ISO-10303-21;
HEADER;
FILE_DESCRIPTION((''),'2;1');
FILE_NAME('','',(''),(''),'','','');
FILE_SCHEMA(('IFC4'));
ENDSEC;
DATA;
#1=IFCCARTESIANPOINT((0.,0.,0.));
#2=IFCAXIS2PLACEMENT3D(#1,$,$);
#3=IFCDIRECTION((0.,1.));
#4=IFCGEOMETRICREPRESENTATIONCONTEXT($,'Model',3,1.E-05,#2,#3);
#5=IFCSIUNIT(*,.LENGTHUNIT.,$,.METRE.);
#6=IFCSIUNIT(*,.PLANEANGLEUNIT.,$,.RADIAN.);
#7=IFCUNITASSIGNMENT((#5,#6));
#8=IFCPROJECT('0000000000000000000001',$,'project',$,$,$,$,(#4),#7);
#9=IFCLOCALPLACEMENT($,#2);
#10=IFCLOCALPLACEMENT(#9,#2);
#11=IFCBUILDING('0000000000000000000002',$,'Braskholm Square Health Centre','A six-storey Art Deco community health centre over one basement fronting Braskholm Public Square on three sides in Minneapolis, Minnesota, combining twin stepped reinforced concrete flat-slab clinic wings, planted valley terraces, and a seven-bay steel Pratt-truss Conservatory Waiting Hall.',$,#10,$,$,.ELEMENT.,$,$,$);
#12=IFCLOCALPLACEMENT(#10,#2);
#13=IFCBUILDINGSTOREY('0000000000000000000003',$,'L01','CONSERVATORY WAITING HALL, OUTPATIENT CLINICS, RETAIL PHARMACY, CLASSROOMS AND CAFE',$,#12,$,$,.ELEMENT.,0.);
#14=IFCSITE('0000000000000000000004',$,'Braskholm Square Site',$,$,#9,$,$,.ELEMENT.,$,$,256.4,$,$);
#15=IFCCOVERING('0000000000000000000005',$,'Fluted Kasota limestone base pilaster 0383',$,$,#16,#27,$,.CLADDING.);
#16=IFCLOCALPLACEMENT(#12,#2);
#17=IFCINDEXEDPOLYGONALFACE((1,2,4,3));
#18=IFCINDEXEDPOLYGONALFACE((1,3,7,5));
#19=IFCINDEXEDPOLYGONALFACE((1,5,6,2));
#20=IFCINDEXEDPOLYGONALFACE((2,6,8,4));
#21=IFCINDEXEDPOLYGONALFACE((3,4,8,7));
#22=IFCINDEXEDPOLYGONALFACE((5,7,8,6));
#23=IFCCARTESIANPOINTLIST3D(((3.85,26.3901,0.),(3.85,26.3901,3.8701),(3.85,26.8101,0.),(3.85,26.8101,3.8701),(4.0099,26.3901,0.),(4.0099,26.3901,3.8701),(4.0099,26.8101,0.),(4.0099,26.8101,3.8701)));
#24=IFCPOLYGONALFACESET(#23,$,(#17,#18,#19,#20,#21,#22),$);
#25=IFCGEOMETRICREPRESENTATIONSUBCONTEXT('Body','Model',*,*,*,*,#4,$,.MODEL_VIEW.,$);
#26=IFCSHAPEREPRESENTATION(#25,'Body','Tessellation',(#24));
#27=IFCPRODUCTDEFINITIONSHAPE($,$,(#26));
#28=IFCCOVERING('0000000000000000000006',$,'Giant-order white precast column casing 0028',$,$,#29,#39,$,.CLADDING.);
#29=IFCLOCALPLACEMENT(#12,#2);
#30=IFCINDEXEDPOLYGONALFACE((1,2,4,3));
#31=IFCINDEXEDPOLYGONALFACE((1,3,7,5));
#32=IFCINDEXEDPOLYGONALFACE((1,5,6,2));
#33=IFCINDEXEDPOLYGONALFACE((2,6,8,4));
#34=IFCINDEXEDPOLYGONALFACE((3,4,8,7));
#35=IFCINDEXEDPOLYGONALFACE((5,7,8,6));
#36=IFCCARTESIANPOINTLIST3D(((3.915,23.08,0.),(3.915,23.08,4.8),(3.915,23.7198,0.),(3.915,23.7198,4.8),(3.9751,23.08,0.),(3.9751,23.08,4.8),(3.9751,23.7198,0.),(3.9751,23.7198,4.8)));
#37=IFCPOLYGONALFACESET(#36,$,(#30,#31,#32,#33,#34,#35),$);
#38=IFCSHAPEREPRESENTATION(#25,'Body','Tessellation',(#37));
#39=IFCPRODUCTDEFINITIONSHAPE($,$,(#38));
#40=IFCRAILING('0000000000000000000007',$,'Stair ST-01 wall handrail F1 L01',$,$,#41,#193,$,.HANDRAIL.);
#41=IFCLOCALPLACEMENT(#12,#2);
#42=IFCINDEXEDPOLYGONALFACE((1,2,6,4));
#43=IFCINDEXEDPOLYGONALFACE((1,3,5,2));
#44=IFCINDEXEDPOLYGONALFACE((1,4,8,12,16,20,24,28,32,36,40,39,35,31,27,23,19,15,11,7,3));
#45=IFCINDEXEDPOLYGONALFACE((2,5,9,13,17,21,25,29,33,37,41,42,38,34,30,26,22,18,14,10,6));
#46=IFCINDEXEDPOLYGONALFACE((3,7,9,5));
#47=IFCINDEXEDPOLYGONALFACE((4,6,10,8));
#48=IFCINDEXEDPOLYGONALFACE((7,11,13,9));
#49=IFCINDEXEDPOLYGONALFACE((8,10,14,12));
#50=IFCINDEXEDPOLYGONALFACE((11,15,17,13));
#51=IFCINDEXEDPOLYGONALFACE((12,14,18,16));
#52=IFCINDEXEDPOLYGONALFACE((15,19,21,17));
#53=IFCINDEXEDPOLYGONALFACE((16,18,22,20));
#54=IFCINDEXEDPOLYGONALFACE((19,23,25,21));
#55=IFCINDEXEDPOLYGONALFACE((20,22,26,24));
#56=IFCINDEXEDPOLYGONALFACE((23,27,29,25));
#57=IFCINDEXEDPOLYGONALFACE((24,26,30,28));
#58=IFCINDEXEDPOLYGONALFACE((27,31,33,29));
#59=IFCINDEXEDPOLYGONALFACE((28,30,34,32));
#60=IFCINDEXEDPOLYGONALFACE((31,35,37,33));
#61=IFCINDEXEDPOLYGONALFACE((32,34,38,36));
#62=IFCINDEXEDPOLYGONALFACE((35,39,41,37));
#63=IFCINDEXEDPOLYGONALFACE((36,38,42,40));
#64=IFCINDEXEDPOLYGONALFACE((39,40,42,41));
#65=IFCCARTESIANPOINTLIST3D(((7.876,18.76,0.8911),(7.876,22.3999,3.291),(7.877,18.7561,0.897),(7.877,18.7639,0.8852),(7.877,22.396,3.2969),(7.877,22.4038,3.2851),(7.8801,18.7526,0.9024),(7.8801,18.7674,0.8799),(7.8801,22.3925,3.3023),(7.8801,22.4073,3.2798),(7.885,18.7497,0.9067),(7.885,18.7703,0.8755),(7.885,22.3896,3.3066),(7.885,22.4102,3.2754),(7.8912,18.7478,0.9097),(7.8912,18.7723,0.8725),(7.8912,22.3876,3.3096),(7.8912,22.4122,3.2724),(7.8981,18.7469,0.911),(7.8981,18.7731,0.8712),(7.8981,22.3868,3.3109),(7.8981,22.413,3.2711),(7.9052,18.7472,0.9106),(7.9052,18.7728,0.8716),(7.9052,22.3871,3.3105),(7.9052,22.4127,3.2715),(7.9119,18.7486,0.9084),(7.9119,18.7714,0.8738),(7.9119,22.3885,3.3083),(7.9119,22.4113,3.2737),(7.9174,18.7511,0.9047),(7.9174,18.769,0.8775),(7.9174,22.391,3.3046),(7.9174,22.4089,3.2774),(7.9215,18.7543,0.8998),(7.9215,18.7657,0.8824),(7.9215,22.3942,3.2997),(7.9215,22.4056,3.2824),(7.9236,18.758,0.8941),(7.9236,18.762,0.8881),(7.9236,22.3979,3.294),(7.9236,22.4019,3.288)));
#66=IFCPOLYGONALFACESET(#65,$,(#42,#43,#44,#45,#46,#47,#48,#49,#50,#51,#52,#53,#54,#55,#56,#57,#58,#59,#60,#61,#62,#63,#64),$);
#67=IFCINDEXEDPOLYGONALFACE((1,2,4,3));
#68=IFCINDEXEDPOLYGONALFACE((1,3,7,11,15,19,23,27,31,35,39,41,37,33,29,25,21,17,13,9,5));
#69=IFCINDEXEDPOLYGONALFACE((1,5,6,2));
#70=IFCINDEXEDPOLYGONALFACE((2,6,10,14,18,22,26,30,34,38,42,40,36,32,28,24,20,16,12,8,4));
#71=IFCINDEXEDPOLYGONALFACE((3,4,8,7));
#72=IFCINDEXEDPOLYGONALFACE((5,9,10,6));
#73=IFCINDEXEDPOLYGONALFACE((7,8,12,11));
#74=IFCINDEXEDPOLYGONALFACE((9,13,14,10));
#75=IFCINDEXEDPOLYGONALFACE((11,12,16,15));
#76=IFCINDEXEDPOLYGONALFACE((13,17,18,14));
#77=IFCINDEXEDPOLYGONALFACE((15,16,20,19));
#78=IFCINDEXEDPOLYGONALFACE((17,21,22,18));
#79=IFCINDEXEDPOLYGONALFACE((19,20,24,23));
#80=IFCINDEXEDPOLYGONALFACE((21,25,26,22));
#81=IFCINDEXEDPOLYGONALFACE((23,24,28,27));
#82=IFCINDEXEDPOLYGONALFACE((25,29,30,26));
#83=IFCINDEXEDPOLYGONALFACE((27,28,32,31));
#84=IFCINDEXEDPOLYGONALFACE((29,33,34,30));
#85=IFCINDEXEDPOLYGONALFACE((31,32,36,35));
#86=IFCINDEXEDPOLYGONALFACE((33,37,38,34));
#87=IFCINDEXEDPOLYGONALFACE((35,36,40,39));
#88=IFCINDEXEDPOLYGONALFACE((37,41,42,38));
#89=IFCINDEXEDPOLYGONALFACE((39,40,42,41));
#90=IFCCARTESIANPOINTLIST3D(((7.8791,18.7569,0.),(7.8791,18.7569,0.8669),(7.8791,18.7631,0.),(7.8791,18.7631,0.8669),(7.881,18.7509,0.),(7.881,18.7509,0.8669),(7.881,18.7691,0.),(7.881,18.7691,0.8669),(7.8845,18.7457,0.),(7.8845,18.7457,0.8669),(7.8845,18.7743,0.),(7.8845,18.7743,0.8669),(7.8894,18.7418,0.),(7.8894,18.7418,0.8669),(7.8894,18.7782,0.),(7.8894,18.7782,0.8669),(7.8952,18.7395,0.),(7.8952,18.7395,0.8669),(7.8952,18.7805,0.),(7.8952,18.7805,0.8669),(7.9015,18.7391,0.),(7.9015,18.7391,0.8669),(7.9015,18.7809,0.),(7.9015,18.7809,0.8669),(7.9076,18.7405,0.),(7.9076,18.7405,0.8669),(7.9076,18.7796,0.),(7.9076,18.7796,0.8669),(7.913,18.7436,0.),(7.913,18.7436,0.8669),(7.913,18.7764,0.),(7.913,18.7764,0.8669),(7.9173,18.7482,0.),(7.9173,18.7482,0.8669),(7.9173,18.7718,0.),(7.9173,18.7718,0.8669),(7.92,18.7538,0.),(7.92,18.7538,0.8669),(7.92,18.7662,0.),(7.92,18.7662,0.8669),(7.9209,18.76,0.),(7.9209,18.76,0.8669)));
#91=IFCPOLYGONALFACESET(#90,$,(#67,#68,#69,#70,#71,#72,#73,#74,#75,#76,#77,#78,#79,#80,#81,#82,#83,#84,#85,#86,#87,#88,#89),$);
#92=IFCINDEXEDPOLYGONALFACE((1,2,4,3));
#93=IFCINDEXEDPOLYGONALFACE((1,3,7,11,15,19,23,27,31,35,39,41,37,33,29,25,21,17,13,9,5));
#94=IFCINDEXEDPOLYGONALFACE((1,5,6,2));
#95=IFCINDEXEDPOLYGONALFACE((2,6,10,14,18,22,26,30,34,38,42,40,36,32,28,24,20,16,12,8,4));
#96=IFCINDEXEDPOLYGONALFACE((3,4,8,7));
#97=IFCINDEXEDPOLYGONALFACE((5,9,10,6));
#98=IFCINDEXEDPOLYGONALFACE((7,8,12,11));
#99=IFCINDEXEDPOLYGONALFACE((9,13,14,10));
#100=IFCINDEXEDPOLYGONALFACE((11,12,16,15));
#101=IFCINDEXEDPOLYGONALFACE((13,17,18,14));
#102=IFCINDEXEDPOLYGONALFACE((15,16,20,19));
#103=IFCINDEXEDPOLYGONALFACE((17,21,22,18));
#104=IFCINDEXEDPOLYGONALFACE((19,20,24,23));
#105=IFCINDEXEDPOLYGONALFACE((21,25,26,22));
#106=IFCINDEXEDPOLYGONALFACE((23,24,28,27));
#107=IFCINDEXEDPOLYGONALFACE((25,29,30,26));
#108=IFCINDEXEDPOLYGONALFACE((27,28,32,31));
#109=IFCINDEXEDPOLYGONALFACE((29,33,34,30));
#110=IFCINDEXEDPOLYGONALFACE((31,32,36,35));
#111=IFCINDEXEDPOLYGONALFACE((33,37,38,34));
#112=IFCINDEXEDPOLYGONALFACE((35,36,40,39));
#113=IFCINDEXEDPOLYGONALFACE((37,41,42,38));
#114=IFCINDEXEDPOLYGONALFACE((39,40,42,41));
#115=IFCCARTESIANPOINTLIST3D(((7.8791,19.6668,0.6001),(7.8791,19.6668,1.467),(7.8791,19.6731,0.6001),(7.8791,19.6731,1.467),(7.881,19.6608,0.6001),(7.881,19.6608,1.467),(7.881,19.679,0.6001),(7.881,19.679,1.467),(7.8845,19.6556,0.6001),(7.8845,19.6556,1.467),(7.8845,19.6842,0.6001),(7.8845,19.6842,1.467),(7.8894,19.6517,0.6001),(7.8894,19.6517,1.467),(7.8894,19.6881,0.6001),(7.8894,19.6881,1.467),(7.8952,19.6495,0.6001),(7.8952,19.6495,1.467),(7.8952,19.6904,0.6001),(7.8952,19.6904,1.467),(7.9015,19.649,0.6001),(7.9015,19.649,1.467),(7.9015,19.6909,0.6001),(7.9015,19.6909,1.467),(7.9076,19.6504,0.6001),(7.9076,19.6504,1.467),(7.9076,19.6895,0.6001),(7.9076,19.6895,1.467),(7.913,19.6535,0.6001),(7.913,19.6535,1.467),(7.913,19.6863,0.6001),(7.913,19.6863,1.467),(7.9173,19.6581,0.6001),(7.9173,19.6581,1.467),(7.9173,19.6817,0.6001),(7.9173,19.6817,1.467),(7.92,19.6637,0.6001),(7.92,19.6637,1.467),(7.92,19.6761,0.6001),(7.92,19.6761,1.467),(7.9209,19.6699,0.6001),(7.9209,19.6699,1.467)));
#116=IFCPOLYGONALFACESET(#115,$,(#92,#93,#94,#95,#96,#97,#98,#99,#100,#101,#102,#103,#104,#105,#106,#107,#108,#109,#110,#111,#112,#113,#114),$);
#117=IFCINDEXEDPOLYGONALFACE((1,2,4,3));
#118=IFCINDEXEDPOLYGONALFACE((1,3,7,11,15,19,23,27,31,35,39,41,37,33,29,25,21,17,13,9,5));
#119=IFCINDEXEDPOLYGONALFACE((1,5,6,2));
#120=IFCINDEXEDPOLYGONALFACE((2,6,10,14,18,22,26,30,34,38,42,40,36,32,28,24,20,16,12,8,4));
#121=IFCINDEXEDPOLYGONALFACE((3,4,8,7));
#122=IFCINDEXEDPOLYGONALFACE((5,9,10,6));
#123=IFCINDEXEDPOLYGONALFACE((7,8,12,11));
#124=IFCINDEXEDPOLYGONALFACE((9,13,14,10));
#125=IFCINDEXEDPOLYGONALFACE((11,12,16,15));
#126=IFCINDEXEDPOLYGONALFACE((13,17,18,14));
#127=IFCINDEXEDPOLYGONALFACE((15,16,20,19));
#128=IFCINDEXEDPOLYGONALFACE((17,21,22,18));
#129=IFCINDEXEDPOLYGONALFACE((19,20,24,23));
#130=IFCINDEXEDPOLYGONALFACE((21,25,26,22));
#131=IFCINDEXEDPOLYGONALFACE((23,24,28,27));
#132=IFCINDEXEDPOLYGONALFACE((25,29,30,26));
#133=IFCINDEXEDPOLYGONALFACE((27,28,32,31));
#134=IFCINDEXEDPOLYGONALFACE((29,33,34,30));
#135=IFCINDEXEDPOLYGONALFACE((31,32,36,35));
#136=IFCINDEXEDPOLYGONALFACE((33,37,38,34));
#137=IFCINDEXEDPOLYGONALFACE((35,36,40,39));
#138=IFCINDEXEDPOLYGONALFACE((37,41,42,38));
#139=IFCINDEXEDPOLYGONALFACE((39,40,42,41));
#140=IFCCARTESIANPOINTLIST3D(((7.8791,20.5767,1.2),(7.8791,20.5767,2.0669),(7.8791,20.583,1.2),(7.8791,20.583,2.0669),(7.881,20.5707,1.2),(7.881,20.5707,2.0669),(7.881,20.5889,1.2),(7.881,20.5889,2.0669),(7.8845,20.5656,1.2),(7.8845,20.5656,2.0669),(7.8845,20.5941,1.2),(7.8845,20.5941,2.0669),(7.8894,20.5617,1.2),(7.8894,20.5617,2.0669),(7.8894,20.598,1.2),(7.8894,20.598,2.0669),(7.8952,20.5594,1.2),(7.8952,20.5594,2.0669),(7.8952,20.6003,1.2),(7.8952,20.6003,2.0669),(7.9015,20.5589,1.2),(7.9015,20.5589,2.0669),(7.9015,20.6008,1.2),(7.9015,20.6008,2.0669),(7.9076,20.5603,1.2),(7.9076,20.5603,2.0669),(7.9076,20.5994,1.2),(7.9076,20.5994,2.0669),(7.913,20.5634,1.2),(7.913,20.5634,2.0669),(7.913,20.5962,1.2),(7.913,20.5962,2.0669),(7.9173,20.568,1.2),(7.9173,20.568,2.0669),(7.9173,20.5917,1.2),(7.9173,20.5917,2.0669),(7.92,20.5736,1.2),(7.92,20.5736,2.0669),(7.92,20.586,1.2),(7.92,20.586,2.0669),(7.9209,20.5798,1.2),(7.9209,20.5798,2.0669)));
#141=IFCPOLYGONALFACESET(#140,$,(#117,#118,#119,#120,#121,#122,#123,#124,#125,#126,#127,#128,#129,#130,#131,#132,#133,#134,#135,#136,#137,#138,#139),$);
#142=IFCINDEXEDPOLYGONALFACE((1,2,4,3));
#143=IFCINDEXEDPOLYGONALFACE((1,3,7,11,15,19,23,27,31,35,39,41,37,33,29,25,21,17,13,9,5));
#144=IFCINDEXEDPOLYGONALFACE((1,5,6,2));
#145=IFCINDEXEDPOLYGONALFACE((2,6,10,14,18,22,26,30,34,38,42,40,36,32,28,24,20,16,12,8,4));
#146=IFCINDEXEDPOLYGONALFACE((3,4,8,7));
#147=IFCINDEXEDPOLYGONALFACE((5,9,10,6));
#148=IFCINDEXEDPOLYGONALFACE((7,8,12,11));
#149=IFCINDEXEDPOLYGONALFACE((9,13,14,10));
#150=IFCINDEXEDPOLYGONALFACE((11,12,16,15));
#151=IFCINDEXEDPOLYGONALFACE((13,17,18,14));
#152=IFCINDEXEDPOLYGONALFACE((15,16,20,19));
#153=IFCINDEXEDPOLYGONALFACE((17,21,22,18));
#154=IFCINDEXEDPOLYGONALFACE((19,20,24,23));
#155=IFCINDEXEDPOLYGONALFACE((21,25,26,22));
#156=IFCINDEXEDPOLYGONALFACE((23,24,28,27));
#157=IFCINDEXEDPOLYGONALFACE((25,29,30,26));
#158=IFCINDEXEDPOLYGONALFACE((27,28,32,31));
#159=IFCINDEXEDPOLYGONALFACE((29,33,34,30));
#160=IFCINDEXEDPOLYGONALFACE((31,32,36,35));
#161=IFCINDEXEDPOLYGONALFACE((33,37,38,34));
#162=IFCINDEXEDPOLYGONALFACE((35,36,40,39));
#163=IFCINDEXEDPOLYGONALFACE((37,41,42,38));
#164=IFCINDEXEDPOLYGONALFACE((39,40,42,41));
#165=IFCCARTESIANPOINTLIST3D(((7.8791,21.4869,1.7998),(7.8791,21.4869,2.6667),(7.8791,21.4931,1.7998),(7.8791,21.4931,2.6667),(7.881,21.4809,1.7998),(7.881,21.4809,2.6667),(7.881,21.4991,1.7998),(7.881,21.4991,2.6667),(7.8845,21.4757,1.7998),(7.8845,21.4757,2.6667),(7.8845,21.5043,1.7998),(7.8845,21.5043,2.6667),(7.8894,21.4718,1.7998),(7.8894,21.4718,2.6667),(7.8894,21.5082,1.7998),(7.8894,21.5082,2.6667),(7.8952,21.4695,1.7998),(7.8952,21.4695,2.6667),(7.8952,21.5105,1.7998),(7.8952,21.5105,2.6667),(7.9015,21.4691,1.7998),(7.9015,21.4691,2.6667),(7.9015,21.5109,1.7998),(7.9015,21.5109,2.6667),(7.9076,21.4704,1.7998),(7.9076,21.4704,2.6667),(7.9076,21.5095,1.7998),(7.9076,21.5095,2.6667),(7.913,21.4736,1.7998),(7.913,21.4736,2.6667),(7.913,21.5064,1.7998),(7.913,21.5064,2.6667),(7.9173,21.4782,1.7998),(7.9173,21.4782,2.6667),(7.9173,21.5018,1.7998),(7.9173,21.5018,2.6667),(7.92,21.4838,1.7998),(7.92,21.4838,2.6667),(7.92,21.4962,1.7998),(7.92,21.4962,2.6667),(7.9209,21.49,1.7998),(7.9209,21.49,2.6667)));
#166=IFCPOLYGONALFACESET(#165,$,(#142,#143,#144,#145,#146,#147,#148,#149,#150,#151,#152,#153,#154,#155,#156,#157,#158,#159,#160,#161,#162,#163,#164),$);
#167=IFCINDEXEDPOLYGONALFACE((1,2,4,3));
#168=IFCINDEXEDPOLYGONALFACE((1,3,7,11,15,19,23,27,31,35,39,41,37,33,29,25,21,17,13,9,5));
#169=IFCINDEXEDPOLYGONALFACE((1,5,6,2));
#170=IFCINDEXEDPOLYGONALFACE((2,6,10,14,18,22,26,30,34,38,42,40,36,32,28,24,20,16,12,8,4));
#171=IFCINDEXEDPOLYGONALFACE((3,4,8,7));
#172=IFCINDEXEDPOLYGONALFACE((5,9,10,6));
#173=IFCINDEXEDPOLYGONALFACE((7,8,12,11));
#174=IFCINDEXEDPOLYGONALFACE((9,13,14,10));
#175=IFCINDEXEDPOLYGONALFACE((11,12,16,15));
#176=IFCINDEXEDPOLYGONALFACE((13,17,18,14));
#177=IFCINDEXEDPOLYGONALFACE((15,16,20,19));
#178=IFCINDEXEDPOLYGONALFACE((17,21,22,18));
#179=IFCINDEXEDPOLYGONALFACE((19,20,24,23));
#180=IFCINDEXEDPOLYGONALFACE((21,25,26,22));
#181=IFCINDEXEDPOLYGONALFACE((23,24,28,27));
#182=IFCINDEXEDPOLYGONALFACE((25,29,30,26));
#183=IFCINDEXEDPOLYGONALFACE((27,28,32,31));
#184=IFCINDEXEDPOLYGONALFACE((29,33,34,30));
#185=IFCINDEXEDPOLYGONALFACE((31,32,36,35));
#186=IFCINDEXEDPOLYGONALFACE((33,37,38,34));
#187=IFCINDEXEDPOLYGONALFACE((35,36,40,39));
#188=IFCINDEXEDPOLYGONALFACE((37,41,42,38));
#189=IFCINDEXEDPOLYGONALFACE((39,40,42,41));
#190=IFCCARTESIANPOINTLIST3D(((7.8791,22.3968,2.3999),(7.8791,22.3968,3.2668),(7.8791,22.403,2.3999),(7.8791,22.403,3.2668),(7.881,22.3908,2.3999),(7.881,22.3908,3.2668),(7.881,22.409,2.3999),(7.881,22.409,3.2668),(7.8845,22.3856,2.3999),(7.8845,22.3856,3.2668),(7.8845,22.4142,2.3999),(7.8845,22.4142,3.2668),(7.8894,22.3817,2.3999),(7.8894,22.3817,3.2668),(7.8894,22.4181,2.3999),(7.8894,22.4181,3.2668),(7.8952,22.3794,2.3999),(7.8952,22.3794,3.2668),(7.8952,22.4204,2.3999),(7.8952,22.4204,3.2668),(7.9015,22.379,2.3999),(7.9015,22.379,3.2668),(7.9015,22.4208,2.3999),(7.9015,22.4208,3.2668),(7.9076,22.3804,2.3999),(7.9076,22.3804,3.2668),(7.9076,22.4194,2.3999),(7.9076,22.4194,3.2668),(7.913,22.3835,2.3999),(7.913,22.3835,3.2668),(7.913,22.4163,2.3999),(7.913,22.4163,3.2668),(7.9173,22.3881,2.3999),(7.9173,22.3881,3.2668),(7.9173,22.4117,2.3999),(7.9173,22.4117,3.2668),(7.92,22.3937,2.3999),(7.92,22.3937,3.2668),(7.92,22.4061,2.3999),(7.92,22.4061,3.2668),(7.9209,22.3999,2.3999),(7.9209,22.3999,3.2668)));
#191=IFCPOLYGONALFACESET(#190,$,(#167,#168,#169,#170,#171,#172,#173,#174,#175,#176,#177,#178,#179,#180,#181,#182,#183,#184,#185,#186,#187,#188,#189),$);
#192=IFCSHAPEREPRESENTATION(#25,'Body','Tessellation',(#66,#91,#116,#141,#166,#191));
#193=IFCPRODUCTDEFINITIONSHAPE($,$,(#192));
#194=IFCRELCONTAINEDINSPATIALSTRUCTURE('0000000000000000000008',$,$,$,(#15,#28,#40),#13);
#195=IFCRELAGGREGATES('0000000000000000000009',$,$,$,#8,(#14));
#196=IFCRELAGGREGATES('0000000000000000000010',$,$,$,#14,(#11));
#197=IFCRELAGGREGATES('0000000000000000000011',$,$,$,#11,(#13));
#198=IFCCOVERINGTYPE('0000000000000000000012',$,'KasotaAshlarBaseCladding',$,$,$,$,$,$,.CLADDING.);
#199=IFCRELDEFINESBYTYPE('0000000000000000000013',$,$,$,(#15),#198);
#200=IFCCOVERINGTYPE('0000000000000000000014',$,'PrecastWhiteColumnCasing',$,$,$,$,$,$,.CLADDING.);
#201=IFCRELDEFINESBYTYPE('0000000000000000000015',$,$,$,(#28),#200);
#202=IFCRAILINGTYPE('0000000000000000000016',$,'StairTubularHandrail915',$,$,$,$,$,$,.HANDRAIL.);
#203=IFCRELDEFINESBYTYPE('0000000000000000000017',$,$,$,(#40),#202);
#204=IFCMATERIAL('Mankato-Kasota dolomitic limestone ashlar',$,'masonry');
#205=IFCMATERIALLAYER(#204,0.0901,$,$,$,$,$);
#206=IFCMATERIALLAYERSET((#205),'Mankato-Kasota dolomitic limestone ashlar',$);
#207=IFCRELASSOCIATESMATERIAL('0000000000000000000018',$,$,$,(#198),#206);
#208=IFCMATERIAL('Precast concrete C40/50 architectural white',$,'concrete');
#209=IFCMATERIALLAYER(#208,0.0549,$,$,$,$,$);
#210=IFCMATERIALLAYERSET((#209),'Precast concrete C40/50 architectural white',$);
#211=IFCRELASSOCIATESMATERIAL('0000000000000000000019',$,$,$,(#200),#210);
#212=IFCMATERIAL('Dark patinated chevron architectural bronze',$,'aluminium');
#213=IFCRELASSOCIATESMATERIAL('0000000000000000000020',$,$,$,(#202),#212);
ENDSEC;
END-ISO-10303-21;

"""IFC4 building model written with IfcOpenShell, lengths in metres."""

from ifc_helpers import new_model, si_unit, direction, frame, origin, origin_2d, place, context, subcontext, project, spatial, rectangle, circle, extrude, material, layer, layer_set, type_object, element, save


model = new_model("IFC4")

# Units and contexts
model_context = context("Model", 3, precision=1e-05, world=origin(), true_north=direction((0.0, 1.0)))
body_context = subcontext(model_context, "Body", "Model", "MODEL_VIEW")
ifc_project = project(units=[si_unit("LENGTHUNIT", "METRE"), si_unit("PLANEANGLEUNIT", "RADIAN")], contexts=[model_context])

# Site, building, storey
site_placement = place(None, origin())
site = spatial("IfcSite", under=ifc_project, at=site_placement, Name="Braskholm Square Site", CompositionType="ELEMENT", RefElevation=256.4)
building_placement = place(site_placement, origin())
building = spatial("IfcBuilding", under=site, at=building_placement, Name="Braskholm Square Health Centre", Description="A six-storey Art Deco community health centre over one basement fronting Braskholm Public Square on three sides in Minneapolis, Minnesota, combining twin stepped reinforced concrete flat-slab clinic wings, planted valley terraces, and a seven-bay steel Pratt-truss Conservatory Waiting Hall.", CompositionType="ELEMENT")
storey_placement = place(building_placement, origin())
storey = spatial("IfcBuildingStorey", under=building, at=storey_placement, Name="L01", Description="CONSERVATORY WAITING HALL, OUTPATIENT CLINICS, RETAIL PHARMACY, CLASSROOMS AND CAFE", CompositionType="ELEMENT", Elevation=0.0)

# Shared definitions
ifc_material_1 = material(Name="Precast concrete C40/50 architectural white", Category="concrete")

# Shared definitions
ifc_material_2 = material(Name="Mankato-Kasota dolomitic limestone ashlar", Category="masonry")

# Shared definitions
ifc_material_3 = material(Name="Dark patinated chevron architectural bronze", Category="aluminium")

# Coverings
ifc_layer_1 = layer(ifc_material_2, 0.0901)
ifc_layer_set_1 = layer_set([ifc_layer_1], Name="Mankato-Kasota dolomitic limestone ashlar")
covering_type_1 = type_object("IfcCoveringType", Name="KasotaAshlarBaseCladding", PredefinedType="CLADDING", material=ifc_layer_set_1)
for number, where, z_axis, x_axis, name in (
    (1, (3.9299, 26.6001, 0.0), (0.0, 0.0, 1.0), (1.0, 0.0, 0.0), "Fluted Kasota limestone base pilaster 0383"),
):
    element("IfcCovering", number, at=place(storey_placement, frame(where, z_axis=z_axis, x_axis=x_axis)), inside=storey, type_object=covering_type_1, Name=name, PredefinedType="CLADDING", context=body_context, shape_type="SweptSolid", body=[
        extrude(rectangle(XDim=0.1599, YDim=0.4199, at=origin_2d()), origin(), (0.0, 0.0, 1.0), 3.8701),
    ])
ifc_layer_2 = layer(ifc_material_1, 0.0549)
ifc_layer_set_2 = layer_set([ifc_layer_2], Name="Precast concrete C40/50 architectural white")
covering_type_2 = type_object("IfcCoveringType", Name="PrecastWhiteColumnCasing", PredefinedType="CLADDING", material=ifc_layer_set_2)
covering_placement = place(storey_placement, frame((3.9451, 23.3999, 0.0), z_axis=(0.0, 0.0, 1.0), x_axis=(1.0, 0.0, 0.0)))
element("IfcCovering", 2, at=covering_placement, inside=storey, type_object=covering_type_2, Name="Giant-order white precast column casing 0028", PredefinedType="CLADDING", context=body_context, shape_type="SweptSolid", body=[
    extrude(rectangle(XDim=0.0601, YDim=0.6399, at=origin_2d()), origin(), (0.0, 0.0, 1.0), 4.8),
])

# Railing
railing_type_1 = type_object("IfcRailingType", Name="StairTubularHandrail915", PredefinedType="HANDRAIL", material=ifc_material_3)
railing_1_placement = place(storey_placement, frame((7.8999, 18.76, 0.0)))
element("IfcRailing", 3, at=railing_1_placement, inside=storey, type_object=railing_type_1, Name="Stair ST-01 wall handrail F1 L01", PredefinedType="HANDRAIL", context=body_context, shape_type="SweptSolid", body=[
    extrude(circle(Radius=0.0239, at=origin_2d()), frame((0.0, 0.0, 0.8911), z_axis=(0.0, 0.834865, 0.550454), x_axis=(-1.0, 0.0, 0.0)), (0.0, 0.0, 1.0), 4.3599),
    extrude(circle(Radius=0.021, at=origin_2d()), origin(), (0.0, 0.0, 1.0), 0.8669),
    extrude(circle(Radius=0.021, at=origin_2d()), frame((0.0, 0.9099, 0.6001)), (0.0, 0.0, 1.0), 0.8669),
    extrude(circle(Radius=0.021, at=origin_2d()), frame((0.0, 1.8198, 1.2)), (0.0, 0.0, 1.0), 0.8669),
    extrude(circle(Radius=0.021, at=origin_2d()), frame((0.0, 2.73, 1.7998)), (0.0, 0.0, 1.0), 0.8669),
    extrude(circle(Radius=0.021, at=origin_2d()), frame((0.0, 3.6399, 2.3999)), (0.0, 0.0, 1.0), 0.8669),
])

save(model, "model.ifc")
